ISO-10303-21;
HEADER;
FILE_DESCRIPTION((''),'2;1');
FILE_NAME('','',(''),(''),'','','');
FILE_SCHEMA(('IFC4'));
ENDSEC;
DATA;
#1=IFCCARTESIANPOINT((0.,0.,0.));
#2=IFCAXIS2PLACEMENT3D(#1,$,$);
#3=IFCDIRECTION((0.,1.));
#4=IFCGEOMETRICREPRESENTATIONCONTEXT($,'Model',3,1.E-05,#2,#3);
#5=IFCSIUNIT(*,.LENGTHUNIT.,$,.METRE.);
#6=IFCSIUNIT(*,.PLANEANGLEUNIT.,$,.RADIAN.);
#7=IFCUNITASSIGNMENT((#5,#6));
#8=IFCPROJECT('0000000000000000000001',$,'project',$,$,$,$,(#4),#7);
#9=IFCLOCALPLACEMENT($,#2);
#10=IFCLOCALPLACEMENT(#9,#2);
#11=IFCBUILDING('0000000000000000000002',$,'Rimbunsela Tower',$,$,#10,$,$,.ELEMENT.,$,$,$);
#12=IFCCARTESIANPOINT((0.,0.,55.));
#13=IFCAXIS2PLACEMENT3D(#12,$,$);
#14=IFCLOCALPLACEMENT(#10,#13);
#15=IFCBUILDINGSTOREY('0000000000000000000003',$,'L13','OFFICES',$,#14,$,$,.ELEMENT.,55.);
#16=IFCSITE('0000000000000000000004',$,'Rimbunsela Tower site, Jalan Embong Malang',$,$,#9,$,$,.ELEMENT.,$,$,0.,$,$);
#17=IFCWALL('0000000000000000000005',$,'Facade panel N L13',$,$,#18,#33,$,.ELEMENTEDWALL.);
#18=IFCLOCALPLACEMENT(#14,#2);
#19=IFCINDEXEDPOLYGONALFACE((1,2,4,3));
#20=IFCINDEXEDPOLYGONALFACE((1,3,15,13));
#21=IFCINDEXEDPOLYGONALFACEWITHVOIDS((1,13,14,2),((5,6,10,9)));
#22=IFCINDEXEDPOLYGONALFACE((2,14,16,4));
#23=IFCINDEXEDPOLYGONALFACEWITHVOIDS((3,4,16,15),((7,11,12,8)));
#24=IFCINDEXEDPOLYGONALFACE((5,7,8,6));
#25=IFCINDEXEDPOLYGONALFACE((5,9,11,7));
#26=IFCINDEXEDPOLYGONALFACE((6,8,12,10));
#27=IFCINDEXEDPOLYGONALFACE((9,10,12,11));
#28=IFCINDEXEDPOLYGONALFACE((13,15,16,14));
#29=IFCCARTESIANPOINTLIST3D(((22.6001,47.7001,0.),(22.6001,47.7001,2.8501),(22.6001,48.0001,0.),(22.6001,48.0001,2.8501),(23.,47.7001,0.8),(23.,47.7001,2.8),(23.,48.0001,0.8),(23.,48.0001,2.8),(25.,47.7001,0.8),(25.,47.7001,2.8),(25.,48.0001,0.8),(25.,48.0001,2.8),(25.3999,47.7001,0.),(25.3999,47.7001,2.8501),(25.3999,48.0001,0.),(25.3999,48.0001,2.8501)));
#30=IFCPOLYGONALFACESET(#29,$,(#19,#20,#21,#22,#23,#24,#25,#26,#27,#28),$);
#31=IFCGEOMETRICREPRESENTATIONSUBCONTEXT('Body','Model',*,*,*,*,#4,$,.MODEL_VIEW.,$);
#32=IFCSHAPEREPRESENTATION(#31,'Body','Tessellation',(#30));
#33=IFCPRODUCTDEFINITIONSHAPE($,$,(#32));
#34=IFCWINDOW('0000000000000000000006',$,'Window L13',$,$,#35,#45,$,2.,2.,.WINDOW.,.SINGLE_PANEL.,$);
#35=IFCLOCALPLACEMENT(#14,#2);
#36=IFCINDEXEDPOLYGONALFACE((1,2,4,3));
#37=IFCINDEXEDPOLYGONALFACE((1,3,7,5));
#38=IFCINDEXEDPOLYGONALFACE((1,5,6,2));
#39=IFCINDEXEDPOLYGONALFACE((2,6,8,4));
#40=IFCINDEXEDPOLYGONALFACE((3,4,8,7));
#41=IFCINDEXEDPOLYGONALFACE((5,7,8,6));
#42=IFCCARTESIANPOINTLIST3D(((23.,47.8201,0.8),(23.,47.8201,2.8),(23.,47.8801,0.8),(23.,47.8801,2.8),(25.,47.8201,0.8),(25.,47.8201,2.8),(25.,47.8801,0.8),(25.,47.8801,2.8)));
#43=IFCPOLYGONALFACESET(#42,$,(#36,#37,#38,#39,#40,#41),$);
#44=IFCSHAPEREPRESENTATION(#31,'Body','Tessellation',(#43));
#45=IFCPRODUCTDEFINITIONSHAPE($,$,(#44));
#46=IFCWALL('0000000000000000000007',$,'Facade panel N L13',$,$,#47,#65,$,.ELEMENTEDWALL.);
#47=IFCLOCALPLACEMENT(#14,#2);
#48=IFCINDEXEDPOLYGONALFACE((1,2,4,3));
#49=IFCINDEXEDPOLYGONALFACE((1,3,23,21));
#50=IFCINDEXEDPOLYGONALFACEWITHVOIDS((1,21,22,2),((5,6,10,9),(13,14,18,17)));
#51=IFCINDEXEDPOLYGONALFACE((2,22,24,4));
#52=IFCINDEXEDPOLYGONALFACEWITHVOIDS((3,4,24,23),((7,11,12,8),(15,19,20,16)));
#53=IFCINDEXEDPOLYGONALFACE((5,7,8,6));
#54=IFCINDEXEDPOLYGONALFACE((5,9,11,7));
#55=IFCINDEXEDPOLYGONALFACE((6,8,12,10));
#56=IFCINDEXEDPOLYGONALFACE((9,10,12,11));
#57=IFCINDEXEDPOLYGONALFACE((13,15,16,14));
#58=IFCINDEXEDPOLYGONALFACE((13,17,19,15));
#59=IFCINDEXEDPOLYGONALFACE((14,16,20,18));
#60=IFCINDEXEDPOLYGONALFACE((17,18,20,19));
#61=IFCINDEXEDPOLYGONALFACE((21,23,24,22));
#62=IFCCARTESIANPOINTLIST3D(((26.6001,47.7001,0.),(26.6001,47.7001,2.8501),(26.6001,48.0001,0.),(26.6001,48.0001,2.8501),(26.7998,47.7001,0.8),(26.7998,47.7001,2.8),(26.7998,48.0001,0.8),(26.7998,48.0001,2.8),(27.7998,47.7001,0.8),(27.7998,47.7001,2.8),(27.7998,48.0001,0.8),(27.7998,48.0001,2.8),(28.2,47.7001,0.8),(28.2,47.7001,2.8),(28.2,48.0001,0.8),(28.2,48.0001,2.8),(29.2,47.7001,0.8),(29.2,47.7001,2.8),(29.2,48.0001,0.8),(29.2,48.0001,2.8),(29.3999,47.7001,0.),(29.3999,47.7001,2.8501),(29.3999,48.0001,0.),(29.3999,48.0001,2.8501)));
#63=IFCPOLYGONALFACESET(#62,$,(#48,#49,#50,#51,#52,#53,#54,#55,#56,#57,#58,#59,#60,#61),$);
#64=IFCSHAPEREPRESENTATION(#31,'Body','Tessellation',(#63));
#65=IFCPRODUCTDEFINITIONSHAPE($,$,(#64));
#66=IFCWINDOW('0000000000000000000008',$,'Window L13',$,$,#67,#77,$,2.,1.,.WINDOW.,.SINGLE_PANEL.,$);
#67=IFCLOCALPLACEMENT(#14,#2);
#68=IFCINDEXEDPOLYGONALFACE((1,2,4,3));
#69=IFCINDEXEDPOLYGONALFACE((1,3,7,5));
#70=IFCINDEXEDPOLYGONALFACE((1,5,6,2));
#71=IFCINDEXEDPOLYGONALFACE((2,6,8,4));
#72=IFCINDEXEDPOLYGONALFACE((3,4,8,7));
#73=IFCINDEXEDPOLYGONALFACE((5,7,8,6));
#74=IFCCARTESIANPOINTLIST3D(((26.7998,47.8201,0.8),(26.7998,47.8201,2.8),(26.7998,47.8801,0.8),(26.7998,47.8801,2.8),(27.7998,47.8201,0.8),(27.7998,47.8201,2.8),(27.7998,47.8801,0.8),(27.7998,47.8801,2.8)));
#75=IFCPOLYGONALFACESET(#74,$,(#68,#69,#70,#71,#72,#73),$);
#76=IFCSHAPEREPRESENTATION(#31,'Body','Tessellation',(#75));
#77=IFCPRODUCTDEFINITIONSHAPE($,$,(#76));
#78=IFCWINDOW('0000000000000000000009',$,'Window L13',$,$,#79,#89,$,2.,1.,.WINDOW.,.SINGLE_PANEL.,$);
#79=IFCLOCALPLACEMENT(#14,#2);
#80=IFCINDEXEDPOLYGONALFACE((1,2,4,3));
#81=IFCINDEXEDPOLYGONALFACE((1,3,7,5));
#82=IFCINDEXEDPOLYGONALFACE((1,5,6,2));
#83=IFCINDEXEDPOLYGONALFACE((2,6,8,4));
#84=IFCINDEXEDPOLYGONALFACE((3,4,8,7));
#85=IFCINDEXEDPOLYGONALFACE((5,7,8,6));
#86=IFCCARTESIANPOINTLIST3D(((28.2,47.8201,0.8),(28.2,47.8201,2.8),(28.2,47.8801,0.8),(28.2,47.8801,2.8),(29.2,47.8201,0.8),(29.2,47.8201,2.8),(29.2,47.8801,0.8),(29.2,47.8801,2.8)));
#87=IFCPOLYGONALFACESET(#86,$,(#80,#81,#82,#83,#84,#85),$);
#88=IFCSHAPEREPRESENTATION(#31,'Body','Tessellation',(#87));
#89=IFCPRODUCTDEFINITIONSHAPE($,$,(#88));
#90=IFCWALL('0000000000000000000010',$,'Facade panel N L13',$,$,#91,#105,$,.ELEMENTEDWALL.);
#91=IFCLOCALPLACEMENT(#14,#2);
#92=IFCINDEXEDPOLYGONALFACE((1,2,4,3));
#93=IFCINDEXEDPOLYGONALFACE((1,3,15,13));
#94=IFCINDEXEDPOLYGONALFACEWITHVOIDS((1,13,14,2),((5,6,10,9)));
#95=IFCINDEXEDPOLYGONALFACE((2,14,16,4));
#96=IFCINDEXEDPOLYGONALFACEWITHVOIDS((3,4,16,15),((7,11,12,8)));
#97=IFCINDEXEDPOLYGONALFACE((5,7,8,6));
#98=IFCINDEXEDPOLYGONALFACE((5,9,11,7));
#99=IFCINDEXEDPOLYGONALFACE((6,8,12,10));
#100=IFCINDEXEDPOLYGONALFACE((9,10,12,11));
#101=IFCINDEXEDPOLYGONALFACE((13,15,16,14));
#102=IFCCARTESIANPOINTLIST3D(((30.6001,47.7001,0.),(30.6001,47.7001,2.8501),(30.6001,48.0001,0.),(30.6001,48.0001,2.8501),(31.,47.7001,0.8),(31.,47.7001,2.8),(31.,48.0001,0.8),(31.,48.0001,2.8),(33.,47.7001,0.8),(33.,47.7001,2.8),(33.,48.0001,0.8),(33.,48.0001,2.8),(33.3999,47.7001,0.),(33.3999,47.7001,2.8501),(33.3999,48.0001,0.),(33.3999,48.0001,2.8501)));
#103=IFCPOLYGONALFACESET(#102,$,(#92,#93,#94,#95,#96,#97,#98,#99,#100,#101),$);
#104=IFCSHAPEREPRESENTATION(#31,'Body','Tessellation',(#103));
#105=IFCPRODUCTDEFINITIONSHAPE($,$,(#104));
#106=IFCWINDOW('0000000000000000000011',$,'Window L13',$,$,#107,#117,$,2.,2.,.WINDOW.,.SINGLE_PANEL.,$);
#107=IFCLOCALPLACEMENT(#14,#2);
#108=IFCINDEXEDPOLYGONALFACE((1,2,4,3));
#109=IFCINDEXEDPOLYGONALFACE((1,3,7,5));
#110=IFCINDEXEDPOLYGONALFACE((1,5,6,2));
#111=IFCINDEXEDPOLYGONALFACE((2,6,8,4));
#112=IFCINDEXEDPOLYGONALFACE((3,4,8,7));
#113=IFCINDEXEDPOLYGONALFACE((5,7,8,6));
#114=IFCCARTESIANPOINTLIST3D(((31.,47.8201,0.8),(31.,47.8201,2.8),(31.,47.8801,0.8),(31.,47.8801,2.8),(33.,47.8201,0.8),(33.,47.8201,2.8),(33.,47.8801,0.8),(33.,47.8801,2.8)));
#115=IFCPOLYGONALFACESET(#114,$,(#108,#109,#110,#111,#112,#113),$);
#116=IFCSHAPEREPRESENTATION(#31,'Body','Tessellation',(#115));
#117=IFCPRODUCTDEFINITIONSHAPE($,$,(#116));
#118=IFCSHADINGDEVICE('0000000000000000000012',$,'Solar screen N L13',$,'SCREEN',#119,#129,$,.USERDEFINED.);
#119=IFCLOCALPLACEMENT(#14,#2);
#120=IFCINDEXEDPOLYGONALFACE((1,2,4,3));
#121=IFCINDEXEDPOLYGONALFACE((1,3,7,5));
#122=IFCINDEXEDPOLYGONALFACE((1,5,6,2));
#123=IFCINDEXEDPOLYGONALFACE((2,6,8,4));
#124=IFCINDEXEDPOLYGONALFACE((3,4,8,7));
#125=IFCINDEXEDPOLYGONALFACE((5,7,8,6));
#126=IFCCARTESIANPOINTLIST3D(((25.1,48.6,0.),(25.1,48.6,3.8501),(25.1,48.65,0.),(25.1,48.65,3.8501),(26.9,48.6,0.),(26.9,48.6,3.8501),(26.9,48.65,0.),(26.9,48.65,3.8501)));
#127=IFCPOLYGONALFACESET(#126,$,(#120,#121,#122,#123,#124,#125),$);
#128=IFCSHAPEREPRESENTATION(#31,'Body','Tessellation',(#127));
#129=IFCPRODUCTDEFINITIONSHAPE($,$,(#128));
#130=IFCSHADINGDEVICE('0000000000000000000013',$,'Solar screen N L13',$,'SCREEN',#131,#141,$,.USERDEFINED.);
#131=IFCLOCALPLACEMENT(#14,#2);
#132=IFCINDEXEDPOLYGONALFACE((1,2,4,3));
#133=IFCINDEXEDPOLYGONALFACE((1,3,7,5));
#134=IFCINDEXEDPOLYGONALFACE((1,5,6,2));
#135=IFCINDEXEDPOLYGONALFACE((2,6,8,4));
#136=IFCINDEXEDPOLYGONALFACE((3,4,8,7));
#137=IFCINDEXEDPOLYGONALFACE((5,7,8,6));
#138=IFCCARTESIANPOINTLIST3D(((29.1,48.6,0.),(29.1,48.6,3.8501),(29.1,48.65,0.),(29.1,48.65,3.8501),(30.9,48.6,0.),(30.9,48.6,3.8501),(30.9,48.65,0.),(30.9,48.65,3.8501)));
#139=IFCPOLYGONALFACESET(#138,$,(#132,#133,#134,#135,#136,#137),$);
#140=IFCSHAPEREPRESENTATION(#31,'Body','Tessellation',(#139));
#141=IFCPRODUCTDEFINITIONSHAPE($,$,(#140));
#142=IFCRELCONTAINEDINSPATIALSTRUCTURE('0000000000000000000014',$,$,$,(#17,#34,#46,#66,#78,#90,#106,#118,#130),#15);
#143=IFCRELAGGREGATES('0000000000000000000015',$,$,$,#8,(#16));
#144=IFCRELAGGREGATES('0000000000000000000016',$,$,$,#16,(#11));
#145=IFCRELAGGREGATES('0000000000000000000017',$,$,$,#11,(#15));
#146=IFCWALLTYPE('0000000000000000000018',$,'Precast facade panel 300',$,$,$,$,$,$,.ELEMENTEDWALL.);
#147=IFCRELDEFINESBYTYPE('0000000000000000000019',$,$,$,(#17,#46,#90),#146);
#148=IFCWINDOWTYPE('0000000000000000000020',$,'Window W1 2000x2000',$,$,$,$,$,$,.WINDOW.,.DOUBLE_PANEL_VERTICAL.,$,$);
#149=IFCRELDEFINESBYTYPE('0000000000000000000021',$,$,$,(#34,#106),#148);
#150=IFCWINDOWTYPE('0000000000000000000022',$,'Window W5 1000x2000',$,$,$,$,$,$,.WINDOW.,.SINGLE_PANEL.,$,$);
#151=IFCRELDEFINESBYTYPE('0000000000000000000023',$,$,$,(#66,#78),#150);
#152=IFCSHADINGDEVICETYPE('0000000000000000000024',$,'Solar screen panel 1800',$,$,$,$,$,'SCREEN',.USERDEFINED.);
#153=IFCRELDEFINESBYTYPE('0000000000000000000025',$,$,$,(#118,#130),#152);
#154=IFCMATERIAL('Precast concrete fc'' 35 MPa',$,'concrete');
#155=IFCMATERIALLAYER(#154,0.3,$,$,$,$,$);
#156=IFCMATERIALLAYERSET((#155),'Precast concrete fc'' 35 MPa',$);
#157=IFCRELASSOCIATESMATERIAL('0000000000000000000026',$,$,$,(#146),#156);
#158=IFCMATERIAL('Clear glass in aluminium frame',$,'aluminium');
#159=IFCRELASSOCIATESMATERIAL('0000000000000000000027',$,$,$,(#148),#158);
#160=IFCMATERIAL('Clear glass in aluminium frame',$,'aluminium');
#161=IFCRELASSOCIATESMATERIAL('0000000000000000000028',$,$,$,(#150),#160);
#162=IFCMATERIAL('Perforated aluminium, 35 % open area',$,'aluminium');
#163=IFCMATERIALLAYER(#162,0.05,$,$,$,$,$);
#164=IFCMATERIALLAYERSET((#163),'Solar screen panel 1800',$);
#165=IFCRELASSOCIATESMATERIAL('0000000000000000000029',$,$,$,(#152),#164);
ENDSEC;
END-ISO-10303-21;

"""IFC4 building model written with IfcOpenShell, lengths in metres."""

from ifc_helpers import new_model, si_unit, direction, frame, frame_2d, origin, origin_2d, place, context, subcontext, project, spatial, rectangle, extrude, material, layer, layer_set, type_object, element, fill, save


model = new_model("IFC4")

# Units and contexts
model_context = context("Model", 3, precision=1e-05, world=origin(), true_north=direction((0.0, 1.0)))
body_context = subcontext(model_context, "Body", "Model", "MODEL_VIEW")
ifc_project = project(units=[si_unit("LENGTHUNIT", "METRE"), si_unit("PLANEANGLEUNIT", "RADIAN")], contexts=[model_context])

# Site, building, storey
site_placement = place(None, origin())
site = spatial("IfcSite", under=ifc_project, at=site_placement, Name="Rimbunsela Tower site, Jalan Embong Malang", CompositionType="ELEMENT", RefElevation=0.0)
building_placement = place(site_placement, origin())
building = spatial("IfcBuilding", under=site, at=building_placement, Name="Rimbunsela Tower", CompositionType="ELEMENT")
storey_placement = place(building_placement, frame((0.0, 0.0, 55.0)))
storey = spatial("IfcBuildingStorey", under=building, at=storey_placement, Name="L13", Description="OFFICES", CompositionType="ELEMENT", Elevation=55.0)

# Wall, opening, window
ifc_material_1 = material(Name="Precast concrete fc' 35 MPa", Category="concrete")
ifc_layer_1 = layer(ifc_material_1, 0.3)
ifc_layer_set_1 = layer_set([ifc_layer_1], Name="Precast concrete fc' 35 MPa")
wall_type_1 = type_object("IfcWallType", Name="Precast facade panel 300", PredefinedType="ELEMENTEDWALL", material=ifc_layer_set_1)
wall_1_placement = place(storey_placement, frame((25.3999, 47.8501, 0.0), z_axis=(0.0, 0.0, 1.0), x_axis=(-1.0, 0.0, 0.0)))
wall_1 = element("IfcWall", 1, at=wall_1_placement, inside=storey, type_object=wall_type_1, Name="Facade panel N L13", PredefinedType="ELEMENTEDWALL", context=body_context, shape_type="SweptSolid", body=[
    extrude(rectangle(XDim=2.7998, YDim=0.3, at=frame_2d((1.3999, 0.0))), origin(), (0.0, 0.0, 1.0), 2.8501),
])
opening_1_placement = place(wall_1_placement, frame((0.3999, 0.0, 0.8)))
opening_1 = element("IfcOpeningElement", 2, at=opening_1_placement, cuts=wall_1, PredefinedType="OPENING", context=body_context, shape_type="SweptSolid", body=[
    extrude(rectangle(XDim=2.0, YDim=2.0, at=frame_2d((1.0, 1.0))), frame((0.0, 0.1599, 0.0), z_axis=(0.0, -1.0, 0.0), x_axis=(1.0, 0.0, 0.0)), (0.0, 0.0, 1.0), 0.3201),
])
ifc_material_2 = material(Name="Clear glass in aluminium frame", Category="aluminium")
window_type_1 = type_object("IfcWindowType", Name="Window W1 2000x2000", PartitioningType="DOUBLE_PANEL_VERTICAL", PredefinedType="WINDOW", material=ifc_material_2)
window_1_placement = place(opening_1_placement, origin())
window_1 = element("IfcWindow", 3, at=window_1_placement, inside=storey, type_object=window_type_1, Name="Window L13", OverallHeight=2.0, OverallWidth=2.0, PartitioningType="SINGLE_PANEL", PredefinedType="WINDOW", context=body_context, shape_type="SweptSolid", body=[
    extrude(rectangle(XDim=2.0, YDim=2.0, at=frame_2d((1.0, 1.0))), frame((0.0, 0.03, 0.0), z_axis=(0.0, -1.0, 0.0), x_axis=(1.0, 0.0, 0.0)), (0.0, 0.0, 1.0), 0.0601),
])
fill(opening_1, window_1)

# Wall, openings, windows
wall_2_placement = place(storey_placement, frame((29.3999, 47.8501, 0.0), z_axis=(0.0, 0.0, 1.0), x_axis=(-1.0, 0.0, 0.0)))
wall_2 = element("IfcWall", 4, at=wall_2_placement, inside=storey, type_object=wall_type_1, Name="Facade panel N L13", PredefinedType="ELEMENTEDWALL", context=body_context, shape_type="SweptSolid", body=[
    extrude(rectangle(XDim=2.7998, YDim=0.3, at=frame_2d((1.3999, 0.0))), origin(), (0.0, 0.0, 1.0), 2.8501),
])
opening_2_placement = place(wall_2_placement, frame((1.6001, 0.0, 0.8)))
opening_2 = element("IfcOpeningElement", 5, at=opening_2_placement, cuts=wall_2, PredefinedType="OPENING", context=body_context, shape_type="SweptSolid", body=[
    extrude(rectangle(XDim=1.0, YDim=2.0, at=frame_2d((0.5, 1.0))), frame((0.0, 0.1599, 0.0), z_axis=(0.0, -1.0, 0.0), x_axis=(1.0, 0.0, 0.0)), (0.0, 0.0, 1.0), 0.3201),
])
opening_3_placement = place(wall_2_placement, frame((0.2, 0.0, 0.8)))
opening_3 = element("IfcOpeningElement", 6, at=opening_3_placement, cuts=wall_2, PredefinedType="OPENING", context=body_context, shape_type="SweptSolid", body=[
    extrude(rectangle(XDim=1.0, YDim=2.0, at=frame_2d((0.5, 1.0))), frame((0.0, 0.1599, 0.0), z_axis=(0.0, -1.0, 0.0), x_axis=(1.0, 0.0, 0.0)), (0.0, 0.0, 1.0), 0.3201),
])
ifc_material_3 = material(Name="Clear glass in aluminium frame", Category="aluminium")
window_type_2 = type_object("IfcWindowType", Name="Window W5 1000x2000", PartitioningType="SINGLE_PANEL", PredefinedType="WINDOW", material=ifc_material_3)
window_2_placement = place(opening_2_placement, origin())
window_2 = element("IfcWindow", 7, at=window_2_placement, inside=storey, type_object=window_type_2, Name="Window L13", OverallHeight=2.0, OverallWidth=1.0, PartitioningType="SINGLE_PANEL", PredefinedType="WINDOW", context=body_context, shape_type="SweptSolid", body=[
    extrude(rectangle(XDim=1.0, YDim=2.0, at=frame_2d((0.5, 1.0))), frame((0.0, 0.03, 0.0), z_axis=(0.0, -1.0, 0.0), x_axis=(1.0, 0.0, 0.0)), (0.0, 0.0, 1.0), 0.0601),
])
fill(opening_2, window_2)
window_3_placement = place(opening_3_placement, origin())
window_3 = element("IfcWindow", 8, at=window_3_placement, inside=storey, type_object=window_type_2, Name="Window L13", OverallHeight=2.0, OverallWidth=1.0, PartitioningType="SINGLE_PANEL", PredefinedType="WINDOW", context=body_context, shape_type="SweptSolid", body=[
    extrude(rectangle(XDim=1.0, YDim=2.0, at=frame_2d((0.5, 1.0))), frame((0.0, 0.03, 0.0), z_axis=(0.0, -1.0, 0.0), x_axis=(1.0, 0.0, 0.0)), (0.0, 0.0, 1.0), 0.0601),
])
fill(opening_3, window_3)

# Wall, opening, window
wall_3_placement = place(storey_placement, frame((33.3999, 47.8501, 0.0), z_axis=(0.0, 0.0, 1.0), x_axis=(-1.0, 0.0, 0.0)))
wall_3 = element("IfcWall", 9, at=wall_3_placement, inside=storey, type_object=wall_type_1, Name="Facade panel N L13", PredefinedType="ELEMENTEDWALL", context=body_context, shape_type="SweptSolid", body=[
    extrude(rectangle(XDim=2.7998, YDim=0.3, at=frame_2d((1.3999, 0.0))), origin(), (0.0, 0.0, 1.0), 2.8501),
])
opening_4_placement = place(wall_3_placement, frame((0.3999, 0.0, 0.8)))
opening_4 = element("IfcOpeningElement", 10, at=opening_4_placement, cuts=wall_3, PredefinedType="OPENING", context=body_context, shape_type="SweptSolid", body=[
    extrude(rectangle(XDim=2.0, YDim=2.0, at=frame_2d((1.0, 1.0))), frame((0.0, 0.1599, 0.0), z_axis=(0.0, -1.0, 0.0), x_axis=(1.0, 0.0, 0.0)), (0.0, 0.0, 1.0), 0.3201),
])
window_4_placement = place(opening_4_placement, origin())
window_4 = element("IfcWindow", 11, at=window_4_placement, inside=storey, type_object=window_type_1, Name="Window L13", OverallHeight=2.0, OverallWidth=2.0, PartitioningType="SINGLE_PANEL", PredefinedType="WINDOW", context=body_context, shape_type="SweptSolid", body=[
    extrude(rectangle(XDim=2.0, YDim=2.0, at=frame_2d((1.0, 1.0))), frame((0.0, 0.03, 0.0), z_axis=(0.0, -1.0, 0.0), x_axis=(1.0, 0.0, 0.0)), (0.0, 0.0, 1.0), 0.0601),
])
fill(opening_4, window_4)

# Shading devices
ifc_material_4 = material(Name="Perforated aluminium, 35 % open area", Category="aluminium")
ifc_layer_2 = layer(ifc_material_4, 0.05)
ifc_layer_set_2 = layer_set([ifc_layer_2], Name="Solar screen panel 1800")
shading_device_type = type_object("IfcShadingDeviceType", Name="Solar screen panel 1800", ElementType="SCREEN", PredefinedType="USERDEFINED", material=ifc_layer_set_2)
for number, where, z_axis, x_axis, name in (
    (12, (26.0, 48.625, 0.0), (0.0, 0.0, 1.0), (1.0, 0.0, 0.0), "Solar screen N L13"),
    (13, (30.0, 48.625, 0.0), (0.0, 0.0, 1.0), (1.0, 0.0, 0.0), "Solar screen N L13"),
):
    element("IfcShadingDevice", number, at=place(storey_placement, frame(where, z_axis=z_axis, x_axis=x_axis)), inside=storey, type_object=shading_device_type, Name=name, ObjectType="SCREEN", PredefinedType="USERDEFINED", context=body_context, shape_type="SweptSolid", body=[
        extrude(rectangle(XDim=1.8, YDim=0.05, at=origin_2d()), origin(), (0.0, 0.0, 1.0), 3.8501),
    ])

save(model, "model.ifc")
